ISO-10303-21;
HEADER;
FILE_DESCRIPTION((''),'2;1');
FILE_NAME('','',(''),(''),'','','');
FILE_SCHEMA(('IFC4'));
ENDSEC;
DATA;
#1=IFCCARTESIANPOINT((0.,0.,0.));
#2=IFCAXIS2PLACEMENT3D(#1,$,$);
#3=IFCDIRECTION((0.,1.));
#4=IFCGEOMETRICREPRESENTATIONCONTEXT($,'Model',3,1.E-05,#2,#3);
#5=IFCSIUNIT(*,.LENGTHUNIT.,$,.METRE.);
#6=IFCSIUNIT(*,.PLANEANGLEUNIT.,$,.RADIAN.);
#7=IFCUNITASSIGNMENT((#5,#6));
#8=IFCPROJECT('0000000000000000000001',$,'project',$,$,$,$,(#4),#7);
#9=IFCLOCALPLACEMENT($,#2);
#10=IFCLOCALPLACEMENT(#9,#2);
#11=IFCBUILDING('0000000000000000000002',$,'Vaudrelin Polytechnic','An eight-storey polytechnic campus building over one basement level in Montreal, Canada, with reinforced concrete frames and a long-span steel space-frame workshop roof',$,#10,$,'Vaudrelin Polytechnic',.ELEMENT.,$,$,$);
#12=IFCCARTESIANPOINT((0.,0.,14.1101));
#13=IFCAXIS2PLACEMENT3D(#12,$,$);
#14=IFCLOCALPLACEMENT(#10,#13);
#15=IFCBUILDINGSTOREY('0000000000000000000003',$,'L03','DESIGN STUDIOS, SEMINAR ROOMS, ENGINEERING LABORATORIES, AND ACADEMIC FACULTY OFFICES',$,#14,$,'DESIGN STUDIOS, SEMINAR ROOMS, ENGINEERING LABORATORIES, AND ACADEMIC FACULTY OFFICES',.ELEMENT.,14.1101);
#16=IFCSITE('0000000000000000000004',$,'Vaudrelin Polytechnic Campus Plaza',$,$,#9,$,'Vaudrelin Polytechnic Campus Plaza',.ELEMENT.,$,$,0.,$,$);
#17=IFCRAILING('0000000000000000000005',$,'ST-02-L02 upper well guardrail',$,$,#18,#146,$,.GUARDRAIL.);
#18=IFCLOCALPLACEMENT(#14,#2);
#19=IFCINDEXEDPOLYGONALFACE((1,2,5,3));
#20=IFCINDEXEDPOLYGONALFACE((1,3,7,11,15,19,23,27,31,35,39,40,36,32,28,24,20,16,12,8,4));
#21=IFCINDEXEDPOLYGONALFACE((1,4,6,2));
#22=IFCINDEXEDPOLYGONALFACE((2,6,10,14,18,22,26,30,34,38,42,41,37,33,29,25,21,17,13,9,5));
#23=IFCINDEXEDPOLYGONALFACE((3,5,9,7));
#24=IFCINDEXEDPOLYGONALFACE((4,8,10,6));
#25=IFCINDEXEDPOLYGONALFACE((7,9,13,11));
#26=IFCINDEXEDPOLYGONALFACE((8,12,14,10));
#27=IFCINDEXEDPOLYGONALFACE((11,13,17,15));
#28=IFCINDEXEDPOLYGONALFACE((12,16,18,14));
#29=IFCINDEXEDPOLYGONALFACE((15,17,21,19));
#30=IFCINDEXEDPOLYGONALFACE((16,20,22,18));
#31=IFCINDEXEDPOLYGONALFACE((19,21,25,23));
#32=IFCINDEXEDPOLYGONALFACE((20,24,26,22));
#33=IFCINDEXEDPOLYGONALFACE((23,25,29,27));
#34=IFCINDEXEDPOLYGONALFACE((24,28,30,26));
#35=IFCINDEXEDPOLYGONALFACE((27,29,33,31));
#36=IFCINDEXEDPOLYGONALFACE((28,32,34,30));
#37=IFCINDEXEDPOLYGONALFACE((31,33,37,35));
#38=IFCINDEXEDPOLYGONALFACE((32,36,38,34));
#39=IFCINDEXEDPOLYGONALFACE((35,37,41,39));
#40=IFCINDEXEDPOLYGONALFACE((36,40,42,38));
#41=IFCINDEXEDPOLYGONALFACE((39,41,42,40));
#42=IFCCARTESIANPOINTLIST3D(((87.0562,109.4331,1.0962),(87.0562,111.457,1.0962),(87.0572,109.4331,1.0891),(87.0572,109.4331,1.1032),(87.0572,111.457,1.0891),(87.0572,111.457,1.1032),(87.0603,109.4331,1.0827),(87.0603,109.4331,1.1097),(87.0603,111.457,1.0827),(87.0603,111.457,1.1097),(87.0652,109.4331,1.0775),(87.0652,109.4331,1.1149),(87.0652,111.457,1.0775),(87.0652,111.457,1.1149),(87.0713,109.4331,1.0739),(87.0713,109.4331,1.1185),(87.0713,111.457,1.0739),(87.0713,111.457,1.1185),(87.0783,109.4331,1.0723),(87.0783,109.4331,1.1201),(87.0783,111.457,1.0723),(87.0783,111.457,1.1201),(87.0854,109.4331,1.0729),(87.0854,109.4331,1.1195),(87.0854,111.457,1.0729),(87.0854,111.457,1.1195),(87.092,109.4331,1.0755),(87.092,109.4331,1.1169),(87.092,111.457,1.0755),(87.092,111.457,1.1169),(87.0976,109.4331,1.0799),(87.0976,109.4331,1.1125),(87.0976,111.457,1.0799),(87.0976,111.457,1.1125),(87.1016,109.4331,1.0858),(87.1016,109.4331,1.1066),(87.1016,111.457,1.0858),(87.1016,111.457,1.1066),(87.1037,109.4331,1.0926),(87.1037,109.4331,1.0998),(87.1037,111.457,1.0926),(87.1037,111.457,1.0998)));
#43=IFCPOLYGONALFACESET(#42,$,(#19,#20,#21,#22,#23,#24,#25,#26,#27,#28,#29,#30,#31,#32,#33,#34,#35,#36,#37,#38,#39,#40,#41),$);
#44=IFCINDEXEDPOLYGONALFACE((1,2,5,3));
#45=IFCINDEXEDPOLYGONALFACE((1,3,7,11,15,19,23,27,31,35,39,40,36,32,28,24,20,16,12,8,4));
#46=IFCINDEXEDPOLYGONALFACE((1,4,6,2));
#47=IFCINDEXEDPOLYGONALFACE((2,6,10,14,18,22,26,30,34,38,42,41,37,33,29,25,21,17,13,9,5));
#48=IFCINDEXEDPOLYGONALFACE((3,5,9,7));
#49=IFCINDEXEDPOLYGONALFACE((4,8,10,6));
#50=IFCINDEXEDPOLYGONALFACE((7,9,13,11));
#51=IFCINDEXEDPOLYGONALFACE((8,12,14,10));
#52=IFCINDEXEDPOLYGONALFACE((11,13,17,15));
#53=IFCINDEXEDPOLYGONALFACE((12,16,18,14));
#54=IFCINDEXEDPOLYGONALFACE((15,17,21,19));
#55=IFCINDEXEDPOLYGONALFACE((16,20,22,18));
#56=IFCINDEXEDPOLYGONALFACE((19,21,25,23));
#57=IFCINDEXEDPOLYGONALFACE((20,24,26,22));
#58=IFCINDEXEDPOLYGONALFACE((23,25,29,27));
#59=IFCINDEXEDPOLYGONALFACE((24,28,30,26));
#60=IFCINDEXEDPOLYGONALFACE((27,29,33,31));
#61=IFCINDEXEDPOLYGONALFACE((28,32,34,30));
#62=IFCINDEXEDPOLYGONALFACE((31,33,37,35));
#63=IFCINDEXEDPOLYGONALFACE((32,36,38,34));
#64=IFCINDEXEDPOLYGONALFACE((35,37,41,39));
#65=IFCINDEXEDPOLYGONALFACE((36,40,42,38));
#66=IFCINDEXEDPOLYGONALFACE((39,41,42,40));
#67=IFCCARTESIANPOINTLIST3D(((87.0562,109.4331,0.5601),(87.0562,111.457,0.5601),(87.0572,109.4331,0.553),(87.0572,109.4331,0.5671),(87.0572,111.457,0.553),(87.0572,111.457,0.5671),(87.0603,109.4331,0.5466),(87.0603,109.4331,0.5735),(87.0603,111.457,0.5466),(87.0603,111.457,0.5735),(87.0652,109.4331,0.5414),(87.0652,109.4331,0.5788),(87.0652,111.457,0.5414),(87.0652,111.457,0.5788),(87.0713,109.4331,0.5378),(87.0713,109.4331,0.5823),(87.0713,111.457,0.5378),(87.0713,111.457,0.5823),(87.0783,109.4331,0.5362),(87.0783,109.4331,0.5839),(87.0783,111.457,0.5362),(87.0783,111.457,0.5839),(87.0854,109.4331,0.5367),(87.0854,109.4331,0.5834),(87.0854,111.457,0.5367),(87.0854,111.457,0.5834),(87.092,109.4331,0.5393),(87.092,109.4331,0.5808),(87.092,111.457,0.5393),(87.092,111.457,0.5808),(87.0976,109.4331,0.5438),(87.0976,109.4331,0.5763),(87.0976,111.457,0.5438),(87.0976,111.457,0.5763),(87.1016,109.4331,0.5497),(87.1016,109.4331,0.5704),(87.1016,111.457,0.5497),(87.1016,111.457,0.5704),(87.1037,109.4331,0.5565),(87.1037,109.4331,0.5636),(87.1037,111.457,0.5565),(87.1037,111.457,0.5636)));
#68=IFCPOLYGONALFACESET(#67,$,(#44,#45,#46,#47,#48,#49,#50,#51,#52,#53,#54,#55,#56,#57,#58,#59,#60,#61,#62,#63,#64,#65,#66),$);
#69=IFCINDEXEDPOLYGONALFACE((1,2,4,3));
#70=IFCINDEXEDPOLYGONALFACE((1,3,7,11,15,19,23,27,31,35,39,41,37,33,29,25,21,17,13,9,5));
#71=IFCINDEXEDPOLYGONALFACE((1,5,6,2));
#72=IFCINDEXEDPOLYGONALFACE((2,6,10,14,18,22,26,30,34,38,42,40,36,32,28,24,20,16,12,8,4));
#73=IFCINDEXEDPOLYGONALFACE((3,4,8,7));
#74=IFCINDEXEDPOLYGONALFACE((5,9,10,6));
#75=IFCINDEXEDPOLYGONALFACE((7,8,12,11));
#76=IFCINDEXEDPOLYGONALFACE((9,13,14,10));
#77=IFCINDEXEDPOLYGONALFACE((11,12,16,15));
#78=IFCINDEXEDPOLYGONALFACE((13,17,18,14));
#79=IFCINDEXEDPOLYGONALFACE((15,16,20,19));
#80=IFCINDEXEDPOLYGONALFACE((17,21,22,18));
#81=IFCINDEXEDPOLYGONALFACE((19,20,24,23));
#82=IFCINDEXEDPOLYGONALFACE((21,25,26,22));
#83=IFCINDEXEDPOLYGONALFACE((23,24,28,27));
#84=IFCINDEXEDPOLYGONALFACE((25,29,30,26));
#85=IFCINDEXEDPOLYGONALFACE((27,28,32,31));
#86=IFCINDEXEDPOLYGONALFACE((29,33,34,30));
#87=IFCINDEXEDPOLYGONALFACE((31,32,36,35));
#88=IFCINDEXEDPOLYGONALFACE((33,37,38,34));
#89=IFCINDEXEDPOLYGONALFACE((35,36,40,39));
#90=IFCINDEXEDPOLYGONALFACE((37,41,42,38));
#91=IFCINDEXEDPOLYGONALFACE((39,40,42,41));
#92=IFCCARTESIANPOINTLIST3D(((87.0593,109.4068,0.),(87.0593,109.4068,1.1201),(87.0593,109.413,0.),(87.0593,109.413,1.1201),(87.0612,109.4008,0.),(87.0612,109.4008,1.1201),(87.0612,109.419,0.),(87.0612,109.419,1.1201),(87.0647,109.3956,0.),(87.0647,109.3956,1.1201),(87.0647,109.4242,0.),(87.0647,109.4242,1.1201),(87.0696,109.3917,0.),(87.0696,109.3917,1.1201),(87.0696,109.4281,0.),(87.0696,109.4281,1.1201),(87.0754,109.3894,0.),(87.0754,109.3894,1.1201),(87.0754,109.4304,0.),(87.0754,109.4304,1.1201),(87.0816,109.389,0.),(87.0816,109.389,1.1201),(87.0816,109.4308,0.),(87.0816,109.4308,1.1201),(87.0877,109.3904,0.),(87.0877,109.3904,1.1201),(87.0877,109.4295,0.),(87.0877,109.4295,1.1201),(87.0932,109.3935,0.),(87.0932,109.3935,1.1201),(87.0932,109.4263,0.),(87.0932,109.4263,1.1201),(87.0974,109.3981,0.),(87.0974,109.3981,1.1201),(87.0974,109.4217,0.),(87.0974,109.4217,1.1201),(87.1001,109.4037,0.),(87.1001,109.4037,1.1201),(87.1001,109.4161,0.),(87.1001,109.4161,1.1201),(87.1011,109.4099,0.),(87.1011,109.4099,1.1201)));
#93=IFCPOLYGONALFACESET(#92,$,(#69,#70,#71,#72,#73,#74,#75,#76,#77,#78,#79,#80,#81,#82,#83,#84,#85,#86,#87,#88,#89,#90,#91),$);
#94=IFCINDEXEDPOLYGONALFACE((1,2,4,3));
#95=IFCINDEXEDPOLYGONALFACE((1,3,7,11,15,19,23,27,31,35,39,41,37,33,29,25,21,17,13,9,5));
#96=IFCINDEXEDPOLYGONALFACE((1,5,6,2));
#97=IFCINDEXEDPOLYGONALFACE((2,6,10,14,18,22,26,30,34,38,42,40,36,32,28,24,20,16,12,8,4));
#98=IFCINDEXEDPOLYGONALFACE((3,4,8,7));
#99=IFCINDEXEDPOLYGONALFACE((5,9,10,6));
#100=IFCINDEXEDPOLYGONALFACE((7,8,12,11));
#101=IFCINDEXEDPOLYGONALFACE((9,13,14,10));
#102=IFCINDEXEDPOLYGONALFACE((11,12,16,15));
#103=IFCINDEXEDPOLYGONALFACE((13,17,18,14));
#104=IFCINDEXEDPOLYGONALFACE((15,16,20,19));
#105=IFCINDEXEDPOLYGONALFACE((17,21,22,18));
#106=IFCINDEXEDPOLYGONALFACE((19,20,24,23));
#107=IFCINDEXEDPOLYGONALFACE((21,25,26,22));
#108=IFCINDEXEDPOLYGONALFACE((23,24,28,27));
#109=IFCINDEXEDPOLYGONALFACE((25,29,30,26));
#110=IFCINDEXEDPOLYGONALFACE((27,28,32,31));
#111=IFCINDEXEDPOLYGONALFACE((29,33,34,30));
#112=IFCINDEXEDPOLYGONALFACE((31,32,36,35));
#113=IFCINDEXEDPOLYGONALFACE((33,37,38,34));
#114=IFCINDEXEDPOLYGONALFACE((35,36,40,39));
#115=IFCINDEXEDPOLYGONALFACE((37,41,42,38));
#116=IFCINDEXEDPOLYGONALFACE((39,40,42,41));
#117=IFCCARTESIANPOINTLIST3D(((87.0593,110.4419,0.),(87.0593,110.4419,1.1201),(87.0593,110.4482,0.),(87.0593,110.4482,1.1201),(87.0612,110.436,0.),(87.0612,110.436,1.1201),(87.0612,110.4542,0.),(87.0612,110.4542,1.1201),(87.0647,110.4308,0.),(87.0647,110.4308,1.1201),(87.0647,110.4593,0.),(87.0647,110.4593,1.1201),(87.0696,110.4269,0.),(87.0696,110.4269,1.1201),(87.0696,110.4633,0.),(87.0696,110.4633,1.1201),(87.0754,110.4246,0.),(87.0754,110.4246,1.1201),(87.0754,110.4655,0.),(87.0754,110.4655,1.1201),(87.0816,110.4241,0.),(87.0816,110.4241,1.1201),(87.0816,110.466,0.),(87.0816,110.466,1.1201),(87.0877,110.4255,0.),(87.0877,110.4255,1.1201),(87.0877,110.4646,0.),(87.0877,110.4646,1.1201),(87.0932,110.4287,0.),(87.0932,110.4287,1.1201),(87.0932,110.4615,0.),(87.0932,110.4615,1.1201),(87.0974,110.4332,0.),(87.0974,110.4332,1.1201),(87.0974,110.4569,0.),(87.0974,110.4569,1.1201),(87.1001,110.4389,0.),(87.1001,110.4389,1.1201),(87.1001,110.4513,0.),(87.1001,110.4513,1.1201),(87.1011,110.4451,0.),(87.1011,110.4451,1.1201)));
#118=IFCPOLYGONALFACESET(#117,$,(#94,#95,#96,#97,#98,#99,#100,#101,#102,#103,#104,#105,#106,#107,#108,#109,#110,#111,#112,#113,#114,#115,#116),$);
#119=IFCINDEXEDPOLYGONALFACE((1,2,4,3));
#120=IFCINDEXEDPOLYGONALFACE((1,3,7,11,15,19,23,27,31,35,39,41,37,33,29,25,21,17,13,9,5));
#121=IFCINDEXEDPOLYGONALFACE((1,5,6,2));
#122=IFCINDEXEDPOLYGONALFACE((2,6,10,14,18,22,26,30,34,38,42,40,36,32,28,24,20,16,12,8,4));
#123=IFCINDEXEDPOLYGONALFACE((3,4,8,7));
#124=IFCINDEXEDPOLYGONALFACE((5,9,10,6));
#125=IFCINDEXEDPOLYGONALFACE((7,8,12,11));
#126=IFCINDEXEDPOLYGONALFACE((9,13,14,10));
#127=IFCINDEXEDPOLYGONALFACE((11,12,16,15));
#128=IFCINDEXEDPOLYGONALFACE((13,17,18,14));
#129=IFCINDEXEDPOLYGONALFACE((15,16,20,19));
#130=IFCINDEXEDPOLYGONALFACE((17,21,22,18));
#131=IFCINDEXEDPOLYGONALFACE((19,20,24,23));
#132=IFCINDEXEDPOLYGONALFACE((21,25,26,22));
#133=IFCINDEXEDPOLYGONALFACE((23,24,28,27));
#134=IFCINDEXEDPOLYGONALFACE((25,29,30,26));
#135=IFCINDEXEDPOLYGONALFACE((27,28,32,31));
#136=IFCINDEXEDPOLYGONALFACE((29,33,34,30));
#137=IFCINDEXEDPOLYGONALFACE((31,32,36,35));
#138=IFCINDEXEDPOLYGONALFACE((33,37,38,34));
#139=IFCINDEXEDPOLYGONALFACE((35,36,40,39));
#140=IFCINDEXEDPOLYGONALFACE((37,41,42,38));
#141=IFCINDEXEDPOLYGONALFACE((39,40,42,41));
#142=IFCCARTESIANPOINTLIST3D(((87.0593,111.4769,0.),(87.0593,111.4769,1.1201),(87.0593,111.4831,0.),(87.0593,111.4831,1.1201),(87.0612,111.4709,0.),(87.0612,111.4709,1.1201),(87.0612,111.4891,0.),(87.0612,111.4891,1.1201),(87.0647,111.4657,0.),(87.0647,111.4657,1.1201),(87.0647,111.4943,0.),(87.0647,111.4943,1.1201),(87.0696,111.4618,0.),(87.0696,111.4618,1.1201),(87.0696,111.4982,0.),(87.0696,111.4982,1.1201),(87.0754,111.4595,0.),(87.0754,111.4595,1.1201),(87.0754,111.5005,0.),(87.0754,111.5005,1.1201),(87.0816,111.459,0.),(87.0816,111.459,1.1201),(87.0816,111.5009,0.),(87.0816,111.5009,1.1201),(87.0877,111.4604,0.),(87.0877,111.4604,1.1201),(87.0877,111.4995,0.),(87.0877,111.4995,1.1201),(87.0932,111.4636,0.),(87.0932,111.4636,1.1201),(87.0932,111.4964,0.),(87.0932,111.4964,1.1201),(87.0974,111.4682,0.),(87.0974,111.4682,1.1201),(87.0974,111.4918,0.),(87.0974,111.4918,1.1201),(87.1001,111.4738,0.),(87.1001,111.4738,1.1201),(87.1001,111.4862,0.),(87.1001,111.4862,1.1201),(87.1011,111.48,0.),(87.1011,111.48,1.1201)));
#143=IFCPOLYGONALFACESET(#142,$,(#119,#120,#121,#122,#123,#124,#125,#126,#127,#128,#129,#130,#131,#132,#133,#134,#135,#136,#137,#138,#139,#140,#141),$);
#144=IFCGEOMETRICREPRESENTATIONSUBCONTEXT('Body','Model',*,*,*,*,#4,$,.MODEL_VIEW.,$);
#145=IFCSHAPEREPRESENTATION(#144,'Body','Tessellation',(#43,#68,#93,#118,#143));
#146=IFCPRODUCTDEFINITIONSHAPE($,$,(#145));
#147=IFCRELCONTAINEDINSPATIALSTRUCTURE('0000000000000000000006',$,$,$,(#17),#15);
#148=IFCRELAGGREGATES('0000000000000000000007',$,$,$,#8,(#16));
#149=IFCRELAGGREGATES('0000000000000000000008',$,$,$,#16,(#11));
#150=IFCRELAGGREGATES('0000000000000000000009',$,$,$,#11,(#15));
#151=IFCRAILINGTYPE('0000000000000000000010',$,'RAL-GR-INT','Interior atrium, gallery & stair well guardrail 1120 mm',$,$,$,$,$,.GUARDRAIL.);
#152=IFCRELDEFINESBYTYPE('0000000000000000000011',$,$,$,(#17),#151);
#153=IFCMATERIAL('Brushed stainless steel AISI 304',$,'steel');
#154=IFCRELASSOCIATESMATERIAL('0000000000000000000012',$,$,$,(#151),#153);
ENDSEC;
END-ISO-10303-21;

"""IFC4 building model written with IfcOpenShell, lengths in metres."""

from ifc_helpers import new_model, si_unit, direction, frame, origin, origin_2d, place, context, subcontext, project, spatial, circle, extrude, material, type_object, element, save


model = new_model("IFC4")

# Units and contexts
model_context = context("Model", 3, precision=1e-05, world=origin(), true_north=direction((0.0, 1.0)))
body_context = subcontext(model_context, "Body", "Model", "MODEL_VIEW")
ifc_project = project(units=[si_unit("LENGTHUNIT", "METRE"), si_unit("PLANEANGLEUNIT", "RADIAN")], contexts=[model_context])

# Site, building, storey
site_placement = place(None, origin())
site = spatial("IfcSite", under=ifc_project, at=site_placement, Name="Vaudrelin Polytechnic Campus Plaza", LongName="Vaudrelin Polytechnic Campus Plaza", CompositionType="ELEMENT", RefElevation=0.0)
building_placement = place(site_placement, origin())
building = spatial("IfcBuilding", under=site, at=building_placement, Name="Vaudrelin Polytechnic", Description="An eight-storey polytechnic campus building over one basement level in Montreal, Canada, with reinforced concrete frames and a long-span steel space-frame workshop roof", LongName="Vaudrelin Polytechnic", CompositionType="ELEMENT")
storey_placement = place(building_placement, frame((0.0, 0.0, 14.1101)))
storey = spatial("IfcBuildingStorey", under=building, at=storey_placement, Name="L03", Description="DESIGN STUDIOS, SEMINAR ROOMS, ENGINEERING LABORATORIES, AND ACADEMIC FACULTY OFFICES", LongName="DESIGN STUDIOS, SEMINAR ROOMS, ENGINEERING LABORATORIES, AND ACADEMIC FACULTY OFFICES", CompositionType="ELEMENT", Elevation=14.1101)

# Railing
ifc_material_1 = material(Name="Brushed stainless steel AISI 304", Category="steel")
railing_type_1 = type_object("IfcRailingType", Name="RAL-GR-INT", Description="Interior atrium, gallery & stair well guardrail 1120 mm", PredefinedType="GUARDRAIL", material=ifc_material_1)
railing_1_placement = place(storey_placement, frame((87.0801, 109.4099, 0.0)))
element("IfcRailing", 1, at=railing_1_placement, inside=storey, type_object=railing_type_1, Name="ST-02-L02 upper well guardrail", PredefinedType="GUARDRAIL", context=body_context, shape_type="SweptSolid", body=[
    extrude(circle(Radius=0.0239, at=origin_2d()), frame((0.0, 0.0232, 1.0962), z_axis=(0.0, 1.0, 0.0), x_axis=(-1.0, 0.0, 0.0)), (0.0, 0.0, 1.0), 2.0239),
    extrude(circle(Radius=0.0239, at=origin_2d()), frame((0.0, 0.0232, 0.5601), z_axis=(0.0, 1.0, 0.0), x_axis=(-1.0, 0.0, 0.0)), (0.0, 0.0, 1.0), 2.0239),
    extrude(circle(Radius=0.021, at=origin_2d()), origin(), (0.0, 0.0, 1.0), 1.1201),
    extrude(circle(Radius=0.021, at=origin_2d()), frame((0.0, 1.0352, 0.0)), (0.0, 0.0, 1.0), 1.1201),
    extrude(circle(Radius=0.021, at=origin_2d()), frame((0.0, 2.0701, 0.0)), (0.0, 0.0, 1.0), 1.1201),
])

save(model, "model.ifc")
